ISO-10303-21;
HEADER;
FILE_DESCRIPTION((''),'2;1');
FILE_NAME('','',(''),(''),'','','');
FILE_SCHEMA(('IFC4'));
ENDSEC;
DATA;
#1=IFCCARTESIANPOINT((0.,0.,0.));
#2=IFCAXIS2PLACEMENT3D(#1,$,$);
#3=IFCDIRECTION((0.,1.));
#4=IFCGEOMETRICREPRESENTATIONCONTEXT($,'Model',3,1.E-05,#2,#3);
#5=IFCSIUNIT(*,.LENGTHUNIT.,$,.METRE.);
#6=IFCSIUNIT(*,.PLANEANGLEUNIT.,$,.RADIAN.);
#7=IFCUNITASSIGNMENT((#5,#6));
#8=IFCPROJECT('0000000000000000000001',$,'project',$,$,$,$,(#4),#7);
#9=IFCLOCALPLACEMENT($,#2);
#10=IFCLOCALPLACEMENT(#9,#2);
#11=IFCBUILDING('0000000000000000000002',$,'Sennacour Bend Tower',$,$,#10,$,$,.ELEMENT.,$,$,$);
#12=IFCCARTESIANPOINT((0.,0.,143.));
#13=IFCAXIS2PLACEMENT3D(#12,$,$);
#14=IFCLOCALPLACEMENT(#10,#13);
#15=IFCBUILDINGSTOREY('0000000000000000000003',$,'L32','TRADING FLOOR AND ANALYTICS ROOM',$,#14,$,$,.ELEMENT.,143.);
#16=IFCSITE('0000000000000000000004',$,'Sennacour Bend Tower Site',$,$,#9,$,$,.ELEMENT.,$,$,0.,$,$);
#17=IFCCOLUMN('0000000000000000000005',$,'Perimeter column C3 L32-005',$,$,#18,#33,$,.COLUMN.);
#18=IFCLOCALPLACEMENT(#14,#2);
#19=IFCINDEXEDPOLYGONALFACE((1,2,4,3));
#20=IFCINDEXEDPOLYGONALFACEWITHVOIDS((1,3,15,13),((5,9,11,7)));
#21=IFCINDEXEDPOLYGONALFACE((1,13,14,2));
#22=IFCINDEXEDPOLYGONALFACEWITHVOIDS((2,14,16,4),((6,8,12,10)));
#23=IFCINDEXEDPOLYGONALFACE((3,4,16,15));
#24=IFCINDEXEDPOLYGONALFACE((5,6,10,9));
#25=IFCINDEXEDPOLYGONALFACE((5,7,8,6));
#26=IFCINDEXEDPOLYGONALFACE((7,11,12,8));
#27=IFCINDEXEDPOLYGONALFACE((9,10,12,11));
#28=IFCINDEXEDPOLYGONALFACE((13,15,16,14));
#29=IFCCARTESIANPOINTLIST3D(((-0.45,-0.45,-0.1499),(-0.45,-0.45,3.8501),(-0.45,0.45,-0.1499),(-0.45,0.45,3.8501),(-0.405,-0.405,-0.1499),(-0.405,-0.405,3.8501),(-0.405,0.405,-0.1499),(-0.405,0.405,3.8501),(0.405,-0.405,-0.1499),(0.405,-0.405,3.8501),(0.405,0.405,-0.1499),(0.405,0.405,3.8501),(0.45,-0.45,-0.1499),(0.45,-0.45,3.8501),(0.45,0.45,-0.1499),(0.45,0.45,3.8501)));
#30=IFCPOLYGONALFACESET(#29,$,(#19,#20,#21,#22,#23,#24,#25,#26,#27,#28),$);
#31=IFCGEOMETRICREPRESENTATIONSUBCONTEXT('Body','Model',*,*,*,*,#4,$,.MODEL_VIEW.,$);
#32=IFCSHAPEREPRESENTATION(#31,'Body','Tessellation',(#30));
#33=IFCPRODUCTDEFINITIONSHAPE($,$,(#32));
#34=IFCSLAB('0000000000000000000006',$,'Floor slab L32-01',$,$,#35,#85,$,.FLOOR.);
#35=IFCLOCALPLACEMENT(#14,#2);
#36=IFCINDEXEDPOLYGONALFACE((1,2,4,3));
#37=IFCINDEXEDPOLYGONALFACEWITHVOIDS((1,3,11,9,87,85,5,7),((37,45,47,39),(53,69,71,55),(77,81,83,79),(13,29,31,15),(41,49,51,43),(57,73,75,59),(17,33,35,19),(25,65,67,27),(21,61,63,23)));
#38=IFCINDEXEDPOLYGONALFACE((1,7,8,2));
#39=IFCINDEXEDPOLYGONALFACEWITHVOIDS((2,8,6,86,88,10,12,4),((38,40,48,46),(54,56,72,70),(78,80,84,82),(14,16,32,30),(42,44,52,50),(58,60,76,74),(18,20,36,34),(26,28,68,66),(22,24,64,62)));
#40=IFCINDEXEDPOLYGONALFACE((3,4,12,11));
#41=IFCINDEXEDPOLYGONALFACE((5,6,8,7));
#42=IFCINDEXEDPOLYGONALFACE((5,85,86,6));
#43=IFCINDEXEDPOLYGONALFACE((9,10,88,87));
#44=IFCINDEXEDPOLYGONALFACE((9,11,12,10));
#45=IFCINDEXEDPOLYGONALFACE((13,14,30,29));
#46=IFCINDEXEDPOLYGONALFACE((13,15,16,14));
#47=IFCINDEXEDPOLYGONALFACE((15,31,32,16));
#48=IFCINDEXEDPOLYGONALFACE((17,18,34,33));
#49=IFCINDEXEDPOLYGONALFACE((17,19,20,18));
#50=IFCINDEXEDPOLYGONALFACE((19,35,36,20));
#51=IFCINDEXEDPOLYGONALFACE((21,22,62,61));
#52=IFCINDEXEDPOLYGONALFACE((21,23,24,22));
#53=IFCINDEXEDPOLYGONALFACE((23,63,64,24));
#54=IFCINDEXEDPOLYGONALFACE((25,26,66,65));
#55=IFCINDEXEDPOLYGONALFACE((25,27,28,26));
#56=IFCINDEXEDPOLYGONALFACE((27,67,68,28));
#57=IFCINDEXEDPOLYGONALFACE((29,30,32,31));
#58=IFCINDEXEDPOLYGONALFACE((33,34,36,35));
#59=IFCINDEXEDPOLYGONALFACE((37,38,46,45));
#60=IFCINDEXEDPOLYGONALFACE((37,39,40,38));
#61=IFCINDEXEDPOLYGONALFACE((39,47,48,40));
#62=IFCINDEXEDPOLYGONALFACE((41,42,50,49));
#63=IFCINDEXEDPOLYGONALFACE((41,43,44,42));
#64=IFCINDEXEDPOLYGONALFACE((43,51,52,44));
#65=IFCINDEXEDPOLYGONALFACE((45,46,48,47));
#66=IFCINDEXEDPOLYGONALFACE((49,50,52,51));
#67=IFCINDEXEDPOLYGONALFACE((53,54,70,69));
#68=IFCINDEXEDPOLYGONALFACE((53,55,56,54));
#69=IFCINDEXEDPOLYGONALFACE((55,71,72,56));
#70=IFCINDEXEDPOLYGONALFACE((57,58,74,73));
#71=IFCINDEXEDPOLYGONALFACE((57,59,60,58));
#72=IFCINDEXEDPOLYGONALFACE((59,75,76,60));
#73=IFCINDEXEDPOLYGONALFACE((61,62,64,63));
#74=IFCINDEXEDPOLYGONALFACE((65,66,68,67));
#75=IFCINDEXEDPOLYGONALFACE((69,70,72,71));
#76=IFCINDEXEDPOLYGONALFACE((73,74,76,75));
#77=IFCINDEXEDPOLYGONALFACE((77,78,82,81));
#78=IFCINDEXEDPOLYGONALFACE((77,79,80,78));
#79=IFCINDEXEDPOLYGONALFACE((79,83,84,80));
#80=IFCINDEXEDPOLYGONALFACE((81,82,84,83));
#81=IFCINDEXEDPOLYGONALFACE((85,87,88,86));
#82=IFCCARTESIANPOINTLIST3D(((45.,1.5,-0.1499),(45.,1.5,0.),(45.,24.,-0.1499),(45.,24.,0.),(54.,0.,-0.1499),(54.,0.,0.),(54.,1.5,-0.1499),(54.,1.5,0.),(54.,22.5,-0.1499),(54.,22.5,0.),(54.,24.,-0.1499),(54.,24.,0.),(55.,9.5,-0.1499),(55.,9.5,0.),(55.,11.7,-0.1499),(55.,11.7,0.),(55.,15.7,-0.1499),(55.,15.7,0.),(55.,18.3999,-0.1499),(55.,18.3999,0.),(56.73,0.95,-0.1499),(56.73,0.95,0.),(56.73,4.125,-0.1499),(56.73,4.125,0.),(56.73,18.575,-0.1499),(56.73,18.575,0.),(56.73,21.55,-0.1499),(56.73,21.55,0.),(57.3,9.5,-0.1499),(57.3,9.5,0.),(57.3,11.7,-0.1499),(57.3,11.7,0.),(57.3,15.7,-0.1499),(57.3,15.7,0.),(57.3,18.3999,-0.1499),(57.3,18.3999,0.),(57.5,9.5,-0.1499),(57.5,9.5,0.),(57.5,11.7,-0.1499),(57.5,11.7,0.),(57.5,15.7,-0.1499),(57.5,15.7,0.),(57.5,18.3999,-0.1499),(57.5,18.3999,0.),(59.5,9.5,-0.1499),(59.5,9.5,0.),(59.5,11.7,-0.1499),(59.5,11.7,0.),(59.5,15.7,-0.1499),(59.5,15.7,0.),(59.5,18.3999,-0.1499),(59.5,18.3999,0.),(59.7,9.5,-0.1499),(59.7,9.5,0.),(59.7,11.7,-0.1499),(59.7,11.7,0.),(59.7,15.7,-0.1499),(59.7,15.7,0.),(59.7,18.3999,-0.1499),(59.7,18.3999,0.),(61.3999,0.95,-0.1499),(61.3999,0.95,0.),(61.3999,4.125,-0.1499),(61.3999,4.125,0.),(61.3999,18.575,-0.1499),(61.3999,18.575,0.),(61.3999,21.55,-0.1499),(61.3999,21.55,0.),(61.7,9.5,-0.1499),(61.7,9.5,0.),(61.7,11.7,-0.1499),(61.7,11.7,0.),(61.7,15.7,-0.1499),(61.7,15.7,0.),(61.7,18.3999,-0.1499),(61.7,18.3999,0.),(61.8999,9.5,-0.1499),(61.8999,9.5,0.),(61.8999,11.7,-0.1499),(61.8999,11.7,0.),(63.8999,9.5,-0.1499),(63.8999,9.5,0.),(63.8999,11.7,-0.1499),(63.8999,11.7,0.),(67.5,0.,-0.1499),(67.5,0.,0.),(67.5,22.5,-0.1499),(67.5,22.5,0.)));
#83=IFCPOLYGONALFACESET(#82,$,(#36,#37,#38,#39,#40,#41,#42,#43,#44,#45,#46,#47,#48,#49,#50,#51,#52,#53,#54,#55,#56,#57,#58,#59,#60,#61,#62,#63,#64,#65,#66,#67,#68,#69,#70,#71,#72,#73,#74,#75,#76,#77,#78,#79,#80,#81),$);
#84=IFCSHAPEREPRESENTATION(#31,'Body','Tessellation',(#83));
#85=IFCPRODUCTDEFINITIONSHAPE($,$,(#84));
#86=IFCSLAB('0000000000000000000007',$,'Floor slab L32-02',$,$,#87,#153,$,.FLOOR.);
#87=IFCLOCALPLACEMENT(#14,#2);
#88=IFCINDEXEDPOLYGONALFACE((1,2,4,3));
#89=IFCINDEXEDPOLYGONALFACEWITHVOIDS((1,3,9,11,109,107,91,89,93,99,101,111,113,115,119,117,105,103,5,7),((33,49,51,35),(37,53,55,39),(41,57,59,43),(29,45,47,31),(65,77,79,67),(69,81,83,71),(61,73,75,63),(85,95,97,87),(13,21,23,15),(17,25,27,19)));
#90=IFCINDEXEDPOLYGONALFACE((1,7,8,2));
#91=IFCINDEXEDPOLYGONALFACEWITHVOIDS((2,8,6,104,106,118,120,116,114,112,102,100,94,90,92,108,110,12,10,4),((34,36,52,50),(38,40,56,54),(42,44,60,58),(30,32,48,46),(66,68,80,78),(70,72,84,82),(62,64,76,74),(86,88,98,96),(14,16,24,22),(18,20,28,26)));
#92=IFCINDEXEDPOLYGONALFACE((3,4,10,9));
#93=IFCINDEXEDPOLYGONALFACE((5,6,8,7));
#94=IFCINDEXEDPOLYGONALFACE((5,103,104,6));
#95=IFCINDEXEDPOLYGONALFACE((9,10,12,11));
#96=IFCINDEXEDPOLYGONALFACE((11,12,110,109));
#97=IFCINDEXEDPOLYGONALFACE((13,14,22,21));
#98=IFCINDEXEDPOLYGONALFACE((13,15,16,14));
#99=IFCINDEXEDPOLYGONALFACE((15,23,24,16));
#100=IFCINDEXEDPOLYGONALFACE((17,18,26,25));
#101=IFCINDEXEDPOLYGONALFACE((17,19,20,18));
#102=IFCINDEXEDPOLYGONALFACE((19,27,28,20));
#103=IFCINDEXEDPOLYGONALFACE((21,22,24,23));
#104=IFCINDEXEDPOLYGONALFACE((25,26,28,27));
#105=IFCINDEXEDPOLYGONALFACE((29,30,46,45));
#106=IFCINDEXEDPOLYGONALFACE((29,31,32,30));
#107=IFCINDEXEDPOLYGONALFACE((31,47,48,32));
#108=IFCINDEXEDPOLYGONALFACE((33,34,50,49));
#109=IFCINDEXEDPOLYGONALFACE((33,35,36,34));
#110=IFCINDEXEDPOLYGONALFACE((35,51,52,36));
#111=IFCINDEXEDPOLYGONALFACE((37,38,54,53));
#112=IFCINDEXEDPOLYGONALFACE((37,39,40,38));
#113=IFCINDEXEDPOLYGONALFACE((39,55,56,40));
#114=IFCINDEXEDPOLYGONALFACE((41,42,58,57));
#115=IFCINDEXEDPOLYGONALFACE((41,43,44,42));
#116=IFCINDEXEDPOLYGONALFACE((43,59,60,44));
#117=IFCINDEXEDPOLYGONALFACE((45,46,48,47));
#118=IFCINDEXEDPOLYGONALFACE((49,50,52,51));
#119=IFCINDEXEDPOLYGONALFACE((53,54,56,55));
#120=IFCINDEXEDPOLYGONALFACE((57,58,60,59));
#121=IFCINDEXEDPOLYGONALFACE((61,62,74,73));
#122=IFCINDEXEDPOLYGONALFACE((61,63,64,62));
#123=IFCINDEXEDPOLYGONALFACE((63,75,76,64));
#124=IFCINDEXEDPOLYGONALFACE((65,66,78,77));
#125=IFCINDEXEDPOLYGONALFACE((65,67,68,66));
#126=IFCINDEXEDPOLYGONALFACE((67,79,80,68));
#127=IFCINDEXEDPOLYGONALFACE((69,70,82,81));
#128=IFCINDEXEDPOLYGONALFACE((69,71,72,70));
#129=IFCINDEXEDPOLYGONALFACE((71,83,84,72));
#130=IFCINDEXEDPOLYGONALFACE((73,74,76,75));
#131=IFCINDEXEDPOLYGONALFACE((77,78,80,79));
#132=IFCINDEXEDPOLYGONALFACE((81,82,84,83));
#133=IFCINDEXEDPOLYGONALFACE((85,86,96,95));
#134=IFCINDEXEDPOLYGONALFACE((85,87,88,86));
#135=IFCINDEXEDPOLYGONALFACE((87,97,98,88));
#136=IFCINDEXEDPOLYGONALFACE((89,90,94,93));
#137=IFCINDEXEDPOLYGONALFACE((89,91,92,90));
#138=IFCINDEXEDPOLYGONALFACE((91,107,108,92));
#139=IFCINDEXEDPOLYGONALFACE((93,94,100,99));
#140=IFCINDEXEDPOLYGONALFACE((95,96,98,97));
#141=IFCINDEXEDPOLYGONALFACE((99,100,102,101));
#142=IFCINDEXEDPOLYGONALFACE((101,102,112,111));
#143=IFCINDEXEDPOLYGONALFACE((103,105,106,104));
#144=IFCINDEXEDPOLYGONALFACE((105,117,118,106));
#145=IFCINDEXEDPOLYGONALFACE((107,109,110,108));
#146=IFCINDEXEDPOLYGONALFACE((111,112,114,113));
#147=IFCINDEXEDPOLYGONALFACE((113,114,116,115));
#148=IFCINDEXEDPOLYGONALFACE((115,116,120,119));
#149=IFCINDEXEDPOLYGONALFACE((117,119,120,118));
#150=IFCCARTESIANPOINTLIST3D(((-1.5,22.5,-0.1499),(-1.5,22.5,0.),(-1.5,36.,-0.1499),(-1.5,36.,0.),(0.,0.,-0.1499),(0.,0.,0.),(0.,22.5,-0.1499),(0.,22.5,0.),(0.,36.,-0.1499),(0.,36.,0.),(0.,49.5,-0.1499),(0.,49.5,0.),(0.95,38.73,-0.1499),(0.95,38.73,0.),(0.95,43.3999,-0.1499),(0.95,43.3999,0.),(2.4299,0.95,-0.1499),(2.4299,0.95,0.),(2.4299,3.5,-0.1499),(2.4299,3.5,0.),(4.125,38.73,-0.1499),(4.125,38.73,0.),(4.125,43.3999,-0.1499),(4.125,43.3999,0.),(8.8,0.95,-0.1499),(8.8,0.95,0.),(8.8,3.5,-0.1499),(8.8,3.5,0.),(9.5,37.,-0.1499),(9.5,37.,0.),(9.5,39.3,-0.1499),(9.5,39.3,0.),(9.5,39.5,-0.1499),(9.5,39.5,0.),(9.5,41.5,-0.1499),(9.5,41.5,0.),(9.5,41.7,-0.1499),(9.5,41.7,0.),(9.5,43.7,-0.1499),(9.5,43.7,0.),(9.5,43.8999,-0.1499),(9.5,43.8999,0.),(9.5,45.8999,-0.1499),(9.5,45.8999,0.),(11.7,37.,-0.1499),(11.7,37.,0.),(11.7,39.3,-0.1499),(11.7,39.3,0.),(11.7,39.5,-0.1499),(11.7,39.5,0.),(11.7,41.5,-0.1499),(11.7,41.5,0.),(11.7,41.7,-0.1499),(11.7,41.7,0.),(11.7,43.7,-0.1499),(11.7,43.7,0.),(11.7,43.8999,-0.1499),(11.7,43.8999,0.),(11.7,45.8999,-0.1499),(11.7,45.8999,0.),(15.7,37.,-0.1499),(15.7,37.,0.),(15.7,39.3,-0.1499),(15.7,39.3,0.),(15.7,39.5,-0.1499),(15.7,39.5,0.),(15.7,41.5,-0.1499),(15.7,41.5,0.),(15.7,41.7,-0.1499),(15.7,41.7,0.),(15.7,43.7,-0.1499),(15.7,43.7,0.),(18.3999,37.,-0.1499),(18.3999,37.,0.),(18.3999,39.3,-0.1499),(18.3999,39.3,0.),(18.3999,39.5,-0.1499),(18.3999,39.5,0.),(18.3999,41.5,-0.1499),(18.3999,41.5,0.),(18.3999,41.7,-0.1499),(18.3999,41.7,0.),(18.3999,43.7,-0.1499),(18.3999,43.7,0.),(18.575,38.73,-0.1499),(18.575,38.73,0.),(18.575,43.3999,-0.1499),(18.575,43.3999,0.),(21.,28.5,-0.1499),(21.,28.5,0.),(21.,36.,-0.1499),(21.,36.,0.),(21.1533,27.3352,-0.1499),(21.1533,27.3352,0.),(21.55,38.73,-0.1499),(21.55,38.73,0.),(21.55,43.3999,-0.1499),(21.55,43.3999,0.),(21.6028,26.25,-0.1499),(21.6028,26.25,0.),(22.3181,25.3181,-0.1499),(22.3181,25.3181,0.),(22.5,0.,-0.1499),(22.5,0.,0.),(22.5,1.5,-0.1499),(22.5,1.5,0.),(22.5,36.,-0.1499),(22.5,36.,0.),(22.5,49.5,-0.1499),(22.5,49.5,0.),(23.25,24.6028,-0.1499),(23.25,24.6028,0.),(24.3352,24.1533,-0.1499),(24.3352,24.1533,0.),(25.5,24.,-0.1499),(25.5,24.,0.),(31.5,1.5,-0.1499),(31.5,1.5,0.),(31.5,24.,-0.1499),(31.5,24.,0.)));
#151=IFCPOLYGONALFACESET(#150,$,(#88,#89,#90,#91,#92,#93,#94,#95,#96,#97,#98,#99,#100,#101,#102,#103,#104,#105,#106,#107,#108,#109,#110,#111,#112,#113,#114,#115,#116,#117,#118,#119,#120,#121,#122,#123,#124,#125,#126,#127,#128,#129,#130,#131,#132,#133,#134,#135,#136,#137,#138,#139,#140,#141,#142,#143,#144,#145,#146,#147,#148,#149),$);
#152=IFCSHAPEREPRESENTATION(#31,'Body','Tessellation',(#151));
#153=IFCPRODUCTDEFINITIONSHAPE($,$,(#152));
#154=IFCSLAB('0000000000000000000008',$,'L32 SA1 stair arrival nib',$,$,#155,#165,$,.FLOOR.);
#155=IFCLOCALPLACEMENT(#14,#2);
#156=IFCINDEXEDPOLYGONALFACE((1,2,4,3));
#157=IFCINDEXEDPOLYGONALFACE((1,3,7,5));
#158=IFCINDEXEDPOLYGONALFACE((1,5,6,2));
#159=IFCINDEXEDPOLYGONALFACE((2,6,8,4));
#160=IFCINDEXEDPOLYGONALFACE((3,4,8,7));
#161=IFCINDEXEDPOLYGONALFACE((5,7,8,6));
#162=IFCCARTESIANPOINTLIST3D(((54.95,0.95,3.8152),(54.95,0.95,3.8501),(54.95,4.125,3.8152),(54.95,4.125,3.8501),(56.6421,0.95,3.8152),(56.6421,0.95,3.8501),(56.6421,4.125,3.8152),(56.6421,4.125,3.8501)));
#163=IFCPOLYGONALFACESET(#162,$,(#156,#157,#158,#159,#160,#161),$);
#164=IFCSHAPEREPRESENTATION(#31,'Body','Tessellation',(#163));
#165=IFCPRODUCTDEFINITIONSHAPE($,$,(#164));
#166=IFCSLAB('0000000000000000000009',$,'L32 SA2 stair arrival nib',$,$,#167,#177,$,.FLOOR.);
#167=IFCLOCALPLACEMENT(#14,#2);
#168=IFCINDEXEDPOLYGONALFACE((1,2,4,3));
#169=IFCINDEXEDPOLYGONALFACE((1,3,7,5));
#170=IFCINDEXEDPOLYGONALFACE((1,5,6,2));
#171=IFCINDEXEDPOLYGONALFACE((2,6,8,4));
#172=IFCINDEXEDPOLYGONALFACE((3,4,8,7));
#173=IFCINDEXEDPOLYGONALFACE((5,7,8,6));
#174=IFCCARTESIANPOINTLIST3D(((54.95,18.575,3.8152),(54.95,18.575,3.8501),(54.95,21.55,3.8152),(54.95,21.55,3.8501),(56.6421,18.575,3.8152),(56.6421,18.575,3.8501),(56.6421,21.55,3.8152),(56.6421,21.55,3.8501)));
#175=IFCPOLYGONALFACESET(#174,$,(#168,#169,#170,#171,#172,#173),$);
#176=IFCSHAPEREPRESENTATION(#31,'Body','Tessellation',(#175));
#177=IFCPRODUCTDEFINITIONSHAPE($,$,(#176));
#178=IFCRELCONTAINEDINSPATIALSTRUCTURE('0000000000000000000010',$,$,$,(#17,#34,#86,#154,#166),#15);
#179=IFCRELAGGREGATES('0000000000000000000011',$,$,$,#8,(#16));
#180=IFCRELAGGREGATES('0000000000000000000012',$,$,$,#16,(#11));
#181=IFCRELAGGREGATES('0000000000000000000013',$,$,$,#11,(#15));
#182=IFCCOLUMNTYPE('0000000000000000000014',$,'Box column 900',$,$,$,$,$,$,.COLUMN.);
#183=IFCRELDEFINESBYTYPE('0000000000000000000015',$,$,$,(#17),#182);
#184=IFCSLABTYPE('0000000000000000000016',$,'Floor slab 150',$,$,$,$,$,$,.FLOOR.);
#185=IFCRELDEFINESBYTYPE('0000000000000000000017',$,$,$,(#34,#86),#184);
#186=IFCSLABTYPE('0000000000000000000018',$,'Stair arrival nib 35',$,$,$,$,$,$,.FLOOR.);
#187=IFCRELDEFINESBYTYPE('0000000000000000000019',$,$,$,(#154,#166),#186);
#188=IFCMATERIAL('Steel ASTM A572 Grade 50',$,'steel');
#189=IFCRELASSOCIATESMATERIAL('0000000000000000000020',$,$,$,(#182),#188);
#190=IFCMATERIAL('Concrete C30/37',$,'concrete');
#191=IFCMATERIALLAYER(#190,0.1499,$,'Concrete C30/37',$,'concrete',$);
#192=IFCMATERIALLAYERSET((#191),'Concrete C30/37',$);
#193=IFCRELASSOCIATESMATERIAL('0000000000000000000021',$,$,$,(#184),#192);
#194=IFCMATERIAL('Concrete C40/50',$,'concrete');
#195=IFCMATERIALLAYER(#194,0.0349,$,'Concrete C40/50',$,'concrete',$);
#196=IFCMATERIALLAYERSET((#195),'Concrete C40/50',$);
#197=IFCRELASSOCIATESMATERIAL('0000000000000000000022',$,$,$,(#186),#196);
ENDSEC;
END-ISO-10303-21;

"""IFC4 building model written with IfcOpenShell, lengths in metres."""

from ifc_helpers import new_model, si_unit, direction, frame, origin, origin_2d, place, context, subcontext, project, spatial, polyline, hollow_rectangle, outline, extrude, material, layer, layer_set, material_profile, profile_set, type_object, element, save


model = new_model("IFC4")

# Units and contexts
model_context = context("Model", 3, precision=1e-05, world=origin(), true_north=direction((0.0, 1.0)))
body_context = subcontext(model_context, "Body", "Model", "MODEL_VIEW")
ifc_project = project(units=[si_unit("LENGTHUNIT", "METRE"), si_unit("PLANEANGLEUNIT", "RADIAN")], contexts=[model_context])

# Site, building, storey
site_placement = place(None, origin())
site = spatial("IfcSite", under=ifc_project, at=site_placement, Name="Sennacour Bend Tower Site", CompositionType="ELEMENT", RefElevation=0.0)
building_placement = place(site_placement, origin())
building = spatial("IfcBuilding", under=site, at=building_placement, Name="Sennacour Bend Tower", CompositionType="ELEMENT")
storey_placement = place(building_placement, frame((0.0, 0.0, 143.0)))
storey = spatial("IfcBuildingStorey", under=building, at=storey_placement, Name="L32", Description="TRADING FLOOR AND ANALYTICS ROOM", CompositionType="ELEMENT", Elevation=143.0)

# Column
ifc_material_1 = material(Name="Steel ASTM A572 Grade 50", Category="steel")
ifc_material_profile = material_profile(ifc_material_1, hollow_rectangle(XDim=0.8999, YDim=0.8999, WallThickness=0.0449, at=origin_2d()), Name="Steel ASTM A572 Grade 50", Category="steel")
ifc_profile_set = profile_set([ifc_material_profile], Name="Steel ASTM A572 Grade 50")
column_type = type_object("IfcColumnType", Name="Box column 900", PredefinedType="COLUMN", material=ifc_profile_set)
column_placement = place(storey_placement, frame((0.0, 0.0, -0.1499), z_axis=(0.0, 0.0, 1.0), x_axis=(1.0, 0.0, 0.0)))
element("IfcColumn", 1, at=column_placement, inside=storey, type_object=column_type, Name="Perimeter column C3 L32-005", PredefinedType="COLUMN", context=body_context, shape_type="SweptSolid", body=[
    extrude(hollow_rectangle(XDim=0.8999, YDim=0.8999, WallThickness=0.0449, at=origin_2d()), origin(), (0.0, 0.0, 1.0), 4.0),
])

# Slabs
ifc_material_2 = material(Name="Concrete C30/37", Category="concrete")
ifc_layer_1 = layer(ifc_material_2, 0.1499, Name="Concrete C30/37", Category="concrete")
ifc_layer_set_1 = layer_set([ifc_layer_1], Name="Concrete C30/37")
slab_type_1 = type_object("IfcSlabType", Name="Floor slab 150", PredefinedType="FLOOR", material=ifc_layer_set_1)
slab_1_placement = place(storey_placement, frame((0.0, 0.0, -0.1499)))
element("IfcSlab", 2, at=slab_1_placement, inside=storey, type_object=slab_type_1, Name="Floor slab L32-01", PredefinedType="FLOOR", context=body_context, shape_type="SweptSolid", body=[
    extrude(outline(polyline([(45.0, 24.0), (54.0, 24.0), (54.0, 22.5), (67.5, 22.5), (67.5, 0.0), (54.0, 0.0), (54.0, 1.5), (45.0, 1.5), (45.0, 24.0)]), holes=[polyline([(61.3999, 4.125), (56.73, 4.125), (56.73, 0.95), (61.3999, 0.95), (61.3999, 4.125)]), polyline([(57.3, 11.7), (55.0, 11.7), (55.0, 9.5), (57.3, 9.5), (57.3, 11.7)]), polyline([(59.5, 11.7), (57.5, 11.7), (57.5, 9.5), (59.5, 9.5), (59.5, 11.7)]), polyline([(61.7, 11.7), (59.7, 11.7), (59.7, 9.5), (61.7, 9.5), (61.7, 11.7)]), polyline([(63.8999, 11.7), (61.8999, 11.7), (61.8999, 9.5), (63.8999, 9.5), (63.8999, 11.7)]), polyline([(57.3, 18.3999), (55.0, 18.3999), (55.0, 15.7), (57.3, 15.7), (57.3, 18.3999)]), polyline([(59.5, 18.3999), (57.5, 18.3999), (57.5, 15.7), (59.5, 15.7), (59.5, 18.3999)]), polyline([(61.7, 15.7), (61.7, 18.3999), (59.7, 18.3999), (59.7, 15.7), (61.7, 15.7)]), polyline([(61.3999, 18.575), (61.3999, 21.55), (56.73, 21.55), (56.73, 18.575), (61.3999, 18.575)])]), origin(), (0.0, 0.0, 1.0), 0.1499),
])
slab_2_placement = place(storey_placement, frame((0.0, 0.0, -0.1499)))
element("IfcSlab", 3, at=slab_2_placement, inside=storey, type_object=slab_type_1, Name="Floor slab L32-02", PredefinedType="FLOOR", context=body_context, shape_type="SweptSolid", body=[
    extrude(outline(polyline([(31.5, 1.5), (22.5, 1.5), (22.5, 0.0), (0.0, 0.0), (0.0, 22.5), (-1.5, 22.5), (-1.5, 36.0), (0.0, 36.0), (0.0, 49.5), (22.5, 49.5), (22.5, 36.0), (21.0, 36.0), (21.0, 28.5), (21.1533, 27.3352), (21.6028, 26.25), (22.3181, 25.3181), (23.25, 24.6028), (24.3352, 24.1533), (25.5, 24.0), (31.5, 24.0), (31.5, 1.5)]), holes=[polyline([(8.8, 3.5), (2.4299, 3.5), (2.4299, 0.95), (8.8, 0.95), (8.8, 3.5)]), polyline([(11.7, 39.3), (9.5, 39.3), (9.5, 37.0), (11.7, 37.0), (11.7, 39.3)]), polyline([(18.3999, 39.3), (15.7, 39.3), (15.7, 37.0), (18.3999, 37.0), (18.3999, 39.3)]), polyline([(11.7, 39.5), (11.7, 41.5), (9.5, 41.5), (9.5, 39.5), (11.7, 39.5)]), polyline([(18.3999, 39.5), (18.3999, 41.5), (15.7, 41.5), (15.7, 39.5), (18.3999, 39.5)]), polyline([(4.125, 43.3999), (0.95, 43.3999), (0.95, 38.73), (4.125, 38.73), (4.125, 43.3999)]), polyline([(21.55, 43.3999), (18.575, 43.3999), (18.575, 38.73), (21.55, 38.73), (21.55, 43.3999)]), polyline([(11.7, 43.7), (9.5, 43.7), (9.5, 41.7), (11.7, 41.7), (11.7, 43.7)]), polyline([(18.3999, 41.7), (18.3999, 43.7), (15.7, 43.7), (15.7, 41.7), (18.3999, 41.7)]), polyline([(11.7, 43.8999), (11.7, 45.8999), (9.5, 45.8999), (9.5, 43.8999), (11.7, 43.8999)])]), origin(), (0.0, 0.0, 1.0), 0.1499),
])
ifc_material_3 = material(Name="Concrete C40/50", Category="concrete")
ifc_layer_2 = layer(ifc_material_3, 0.0349, Name="Concrete C40/50", Category="concrete")
ifc_layer_set_2 = layer_set([ifc_layer_2], Name="Concrete C40/50")
slab_type_2 = type_object("IfcSlabType", Name="Stair arrival nib 35", PredefinedType="FLOOR", material=ifc_layer_set_2)
slab_3_placement = place(storey_placement, frame((0.0, 0.0, 3.8152)))
element("IfcSlab", 4, at=slab_3_placement, inside=storey, type_object=slab_type_2, Name="L32 SA1 stair arrival nib", PredefinedType="FLOOR", context=body_context, shape_type="SweptSolid", body=[
    extrude(outline(polyline([(56.6421, 4.125), (54.95, 4.125), (54.95, 0.95), (56.6421, 0.95), (56.6421, 4.125)])), origin(), (0.0, 0.0, 1.0), 0.0349),
])
slab_4_placement = place(storey_placement, frame((0.0, 0.0, 3.8152)))
element("IfcSlab", 5, at=slab_4_placement, inside=storey, type_object=slab_type_2, Name="L32 SA2 stair arrival nib", PredefinedType="FLOOR", context=body_context, shape_type="SweptSolid", body=[
    extrude(outline(polyline([(56.6421, 21.55), (54.95, 21.55), (54.95, 18.575), (56.6421, 18.575), (56.6421, 21.55)])), origin(), (0.0, 0.0, 1.0), 0.0349),
])

save(model, "model.ifc")
